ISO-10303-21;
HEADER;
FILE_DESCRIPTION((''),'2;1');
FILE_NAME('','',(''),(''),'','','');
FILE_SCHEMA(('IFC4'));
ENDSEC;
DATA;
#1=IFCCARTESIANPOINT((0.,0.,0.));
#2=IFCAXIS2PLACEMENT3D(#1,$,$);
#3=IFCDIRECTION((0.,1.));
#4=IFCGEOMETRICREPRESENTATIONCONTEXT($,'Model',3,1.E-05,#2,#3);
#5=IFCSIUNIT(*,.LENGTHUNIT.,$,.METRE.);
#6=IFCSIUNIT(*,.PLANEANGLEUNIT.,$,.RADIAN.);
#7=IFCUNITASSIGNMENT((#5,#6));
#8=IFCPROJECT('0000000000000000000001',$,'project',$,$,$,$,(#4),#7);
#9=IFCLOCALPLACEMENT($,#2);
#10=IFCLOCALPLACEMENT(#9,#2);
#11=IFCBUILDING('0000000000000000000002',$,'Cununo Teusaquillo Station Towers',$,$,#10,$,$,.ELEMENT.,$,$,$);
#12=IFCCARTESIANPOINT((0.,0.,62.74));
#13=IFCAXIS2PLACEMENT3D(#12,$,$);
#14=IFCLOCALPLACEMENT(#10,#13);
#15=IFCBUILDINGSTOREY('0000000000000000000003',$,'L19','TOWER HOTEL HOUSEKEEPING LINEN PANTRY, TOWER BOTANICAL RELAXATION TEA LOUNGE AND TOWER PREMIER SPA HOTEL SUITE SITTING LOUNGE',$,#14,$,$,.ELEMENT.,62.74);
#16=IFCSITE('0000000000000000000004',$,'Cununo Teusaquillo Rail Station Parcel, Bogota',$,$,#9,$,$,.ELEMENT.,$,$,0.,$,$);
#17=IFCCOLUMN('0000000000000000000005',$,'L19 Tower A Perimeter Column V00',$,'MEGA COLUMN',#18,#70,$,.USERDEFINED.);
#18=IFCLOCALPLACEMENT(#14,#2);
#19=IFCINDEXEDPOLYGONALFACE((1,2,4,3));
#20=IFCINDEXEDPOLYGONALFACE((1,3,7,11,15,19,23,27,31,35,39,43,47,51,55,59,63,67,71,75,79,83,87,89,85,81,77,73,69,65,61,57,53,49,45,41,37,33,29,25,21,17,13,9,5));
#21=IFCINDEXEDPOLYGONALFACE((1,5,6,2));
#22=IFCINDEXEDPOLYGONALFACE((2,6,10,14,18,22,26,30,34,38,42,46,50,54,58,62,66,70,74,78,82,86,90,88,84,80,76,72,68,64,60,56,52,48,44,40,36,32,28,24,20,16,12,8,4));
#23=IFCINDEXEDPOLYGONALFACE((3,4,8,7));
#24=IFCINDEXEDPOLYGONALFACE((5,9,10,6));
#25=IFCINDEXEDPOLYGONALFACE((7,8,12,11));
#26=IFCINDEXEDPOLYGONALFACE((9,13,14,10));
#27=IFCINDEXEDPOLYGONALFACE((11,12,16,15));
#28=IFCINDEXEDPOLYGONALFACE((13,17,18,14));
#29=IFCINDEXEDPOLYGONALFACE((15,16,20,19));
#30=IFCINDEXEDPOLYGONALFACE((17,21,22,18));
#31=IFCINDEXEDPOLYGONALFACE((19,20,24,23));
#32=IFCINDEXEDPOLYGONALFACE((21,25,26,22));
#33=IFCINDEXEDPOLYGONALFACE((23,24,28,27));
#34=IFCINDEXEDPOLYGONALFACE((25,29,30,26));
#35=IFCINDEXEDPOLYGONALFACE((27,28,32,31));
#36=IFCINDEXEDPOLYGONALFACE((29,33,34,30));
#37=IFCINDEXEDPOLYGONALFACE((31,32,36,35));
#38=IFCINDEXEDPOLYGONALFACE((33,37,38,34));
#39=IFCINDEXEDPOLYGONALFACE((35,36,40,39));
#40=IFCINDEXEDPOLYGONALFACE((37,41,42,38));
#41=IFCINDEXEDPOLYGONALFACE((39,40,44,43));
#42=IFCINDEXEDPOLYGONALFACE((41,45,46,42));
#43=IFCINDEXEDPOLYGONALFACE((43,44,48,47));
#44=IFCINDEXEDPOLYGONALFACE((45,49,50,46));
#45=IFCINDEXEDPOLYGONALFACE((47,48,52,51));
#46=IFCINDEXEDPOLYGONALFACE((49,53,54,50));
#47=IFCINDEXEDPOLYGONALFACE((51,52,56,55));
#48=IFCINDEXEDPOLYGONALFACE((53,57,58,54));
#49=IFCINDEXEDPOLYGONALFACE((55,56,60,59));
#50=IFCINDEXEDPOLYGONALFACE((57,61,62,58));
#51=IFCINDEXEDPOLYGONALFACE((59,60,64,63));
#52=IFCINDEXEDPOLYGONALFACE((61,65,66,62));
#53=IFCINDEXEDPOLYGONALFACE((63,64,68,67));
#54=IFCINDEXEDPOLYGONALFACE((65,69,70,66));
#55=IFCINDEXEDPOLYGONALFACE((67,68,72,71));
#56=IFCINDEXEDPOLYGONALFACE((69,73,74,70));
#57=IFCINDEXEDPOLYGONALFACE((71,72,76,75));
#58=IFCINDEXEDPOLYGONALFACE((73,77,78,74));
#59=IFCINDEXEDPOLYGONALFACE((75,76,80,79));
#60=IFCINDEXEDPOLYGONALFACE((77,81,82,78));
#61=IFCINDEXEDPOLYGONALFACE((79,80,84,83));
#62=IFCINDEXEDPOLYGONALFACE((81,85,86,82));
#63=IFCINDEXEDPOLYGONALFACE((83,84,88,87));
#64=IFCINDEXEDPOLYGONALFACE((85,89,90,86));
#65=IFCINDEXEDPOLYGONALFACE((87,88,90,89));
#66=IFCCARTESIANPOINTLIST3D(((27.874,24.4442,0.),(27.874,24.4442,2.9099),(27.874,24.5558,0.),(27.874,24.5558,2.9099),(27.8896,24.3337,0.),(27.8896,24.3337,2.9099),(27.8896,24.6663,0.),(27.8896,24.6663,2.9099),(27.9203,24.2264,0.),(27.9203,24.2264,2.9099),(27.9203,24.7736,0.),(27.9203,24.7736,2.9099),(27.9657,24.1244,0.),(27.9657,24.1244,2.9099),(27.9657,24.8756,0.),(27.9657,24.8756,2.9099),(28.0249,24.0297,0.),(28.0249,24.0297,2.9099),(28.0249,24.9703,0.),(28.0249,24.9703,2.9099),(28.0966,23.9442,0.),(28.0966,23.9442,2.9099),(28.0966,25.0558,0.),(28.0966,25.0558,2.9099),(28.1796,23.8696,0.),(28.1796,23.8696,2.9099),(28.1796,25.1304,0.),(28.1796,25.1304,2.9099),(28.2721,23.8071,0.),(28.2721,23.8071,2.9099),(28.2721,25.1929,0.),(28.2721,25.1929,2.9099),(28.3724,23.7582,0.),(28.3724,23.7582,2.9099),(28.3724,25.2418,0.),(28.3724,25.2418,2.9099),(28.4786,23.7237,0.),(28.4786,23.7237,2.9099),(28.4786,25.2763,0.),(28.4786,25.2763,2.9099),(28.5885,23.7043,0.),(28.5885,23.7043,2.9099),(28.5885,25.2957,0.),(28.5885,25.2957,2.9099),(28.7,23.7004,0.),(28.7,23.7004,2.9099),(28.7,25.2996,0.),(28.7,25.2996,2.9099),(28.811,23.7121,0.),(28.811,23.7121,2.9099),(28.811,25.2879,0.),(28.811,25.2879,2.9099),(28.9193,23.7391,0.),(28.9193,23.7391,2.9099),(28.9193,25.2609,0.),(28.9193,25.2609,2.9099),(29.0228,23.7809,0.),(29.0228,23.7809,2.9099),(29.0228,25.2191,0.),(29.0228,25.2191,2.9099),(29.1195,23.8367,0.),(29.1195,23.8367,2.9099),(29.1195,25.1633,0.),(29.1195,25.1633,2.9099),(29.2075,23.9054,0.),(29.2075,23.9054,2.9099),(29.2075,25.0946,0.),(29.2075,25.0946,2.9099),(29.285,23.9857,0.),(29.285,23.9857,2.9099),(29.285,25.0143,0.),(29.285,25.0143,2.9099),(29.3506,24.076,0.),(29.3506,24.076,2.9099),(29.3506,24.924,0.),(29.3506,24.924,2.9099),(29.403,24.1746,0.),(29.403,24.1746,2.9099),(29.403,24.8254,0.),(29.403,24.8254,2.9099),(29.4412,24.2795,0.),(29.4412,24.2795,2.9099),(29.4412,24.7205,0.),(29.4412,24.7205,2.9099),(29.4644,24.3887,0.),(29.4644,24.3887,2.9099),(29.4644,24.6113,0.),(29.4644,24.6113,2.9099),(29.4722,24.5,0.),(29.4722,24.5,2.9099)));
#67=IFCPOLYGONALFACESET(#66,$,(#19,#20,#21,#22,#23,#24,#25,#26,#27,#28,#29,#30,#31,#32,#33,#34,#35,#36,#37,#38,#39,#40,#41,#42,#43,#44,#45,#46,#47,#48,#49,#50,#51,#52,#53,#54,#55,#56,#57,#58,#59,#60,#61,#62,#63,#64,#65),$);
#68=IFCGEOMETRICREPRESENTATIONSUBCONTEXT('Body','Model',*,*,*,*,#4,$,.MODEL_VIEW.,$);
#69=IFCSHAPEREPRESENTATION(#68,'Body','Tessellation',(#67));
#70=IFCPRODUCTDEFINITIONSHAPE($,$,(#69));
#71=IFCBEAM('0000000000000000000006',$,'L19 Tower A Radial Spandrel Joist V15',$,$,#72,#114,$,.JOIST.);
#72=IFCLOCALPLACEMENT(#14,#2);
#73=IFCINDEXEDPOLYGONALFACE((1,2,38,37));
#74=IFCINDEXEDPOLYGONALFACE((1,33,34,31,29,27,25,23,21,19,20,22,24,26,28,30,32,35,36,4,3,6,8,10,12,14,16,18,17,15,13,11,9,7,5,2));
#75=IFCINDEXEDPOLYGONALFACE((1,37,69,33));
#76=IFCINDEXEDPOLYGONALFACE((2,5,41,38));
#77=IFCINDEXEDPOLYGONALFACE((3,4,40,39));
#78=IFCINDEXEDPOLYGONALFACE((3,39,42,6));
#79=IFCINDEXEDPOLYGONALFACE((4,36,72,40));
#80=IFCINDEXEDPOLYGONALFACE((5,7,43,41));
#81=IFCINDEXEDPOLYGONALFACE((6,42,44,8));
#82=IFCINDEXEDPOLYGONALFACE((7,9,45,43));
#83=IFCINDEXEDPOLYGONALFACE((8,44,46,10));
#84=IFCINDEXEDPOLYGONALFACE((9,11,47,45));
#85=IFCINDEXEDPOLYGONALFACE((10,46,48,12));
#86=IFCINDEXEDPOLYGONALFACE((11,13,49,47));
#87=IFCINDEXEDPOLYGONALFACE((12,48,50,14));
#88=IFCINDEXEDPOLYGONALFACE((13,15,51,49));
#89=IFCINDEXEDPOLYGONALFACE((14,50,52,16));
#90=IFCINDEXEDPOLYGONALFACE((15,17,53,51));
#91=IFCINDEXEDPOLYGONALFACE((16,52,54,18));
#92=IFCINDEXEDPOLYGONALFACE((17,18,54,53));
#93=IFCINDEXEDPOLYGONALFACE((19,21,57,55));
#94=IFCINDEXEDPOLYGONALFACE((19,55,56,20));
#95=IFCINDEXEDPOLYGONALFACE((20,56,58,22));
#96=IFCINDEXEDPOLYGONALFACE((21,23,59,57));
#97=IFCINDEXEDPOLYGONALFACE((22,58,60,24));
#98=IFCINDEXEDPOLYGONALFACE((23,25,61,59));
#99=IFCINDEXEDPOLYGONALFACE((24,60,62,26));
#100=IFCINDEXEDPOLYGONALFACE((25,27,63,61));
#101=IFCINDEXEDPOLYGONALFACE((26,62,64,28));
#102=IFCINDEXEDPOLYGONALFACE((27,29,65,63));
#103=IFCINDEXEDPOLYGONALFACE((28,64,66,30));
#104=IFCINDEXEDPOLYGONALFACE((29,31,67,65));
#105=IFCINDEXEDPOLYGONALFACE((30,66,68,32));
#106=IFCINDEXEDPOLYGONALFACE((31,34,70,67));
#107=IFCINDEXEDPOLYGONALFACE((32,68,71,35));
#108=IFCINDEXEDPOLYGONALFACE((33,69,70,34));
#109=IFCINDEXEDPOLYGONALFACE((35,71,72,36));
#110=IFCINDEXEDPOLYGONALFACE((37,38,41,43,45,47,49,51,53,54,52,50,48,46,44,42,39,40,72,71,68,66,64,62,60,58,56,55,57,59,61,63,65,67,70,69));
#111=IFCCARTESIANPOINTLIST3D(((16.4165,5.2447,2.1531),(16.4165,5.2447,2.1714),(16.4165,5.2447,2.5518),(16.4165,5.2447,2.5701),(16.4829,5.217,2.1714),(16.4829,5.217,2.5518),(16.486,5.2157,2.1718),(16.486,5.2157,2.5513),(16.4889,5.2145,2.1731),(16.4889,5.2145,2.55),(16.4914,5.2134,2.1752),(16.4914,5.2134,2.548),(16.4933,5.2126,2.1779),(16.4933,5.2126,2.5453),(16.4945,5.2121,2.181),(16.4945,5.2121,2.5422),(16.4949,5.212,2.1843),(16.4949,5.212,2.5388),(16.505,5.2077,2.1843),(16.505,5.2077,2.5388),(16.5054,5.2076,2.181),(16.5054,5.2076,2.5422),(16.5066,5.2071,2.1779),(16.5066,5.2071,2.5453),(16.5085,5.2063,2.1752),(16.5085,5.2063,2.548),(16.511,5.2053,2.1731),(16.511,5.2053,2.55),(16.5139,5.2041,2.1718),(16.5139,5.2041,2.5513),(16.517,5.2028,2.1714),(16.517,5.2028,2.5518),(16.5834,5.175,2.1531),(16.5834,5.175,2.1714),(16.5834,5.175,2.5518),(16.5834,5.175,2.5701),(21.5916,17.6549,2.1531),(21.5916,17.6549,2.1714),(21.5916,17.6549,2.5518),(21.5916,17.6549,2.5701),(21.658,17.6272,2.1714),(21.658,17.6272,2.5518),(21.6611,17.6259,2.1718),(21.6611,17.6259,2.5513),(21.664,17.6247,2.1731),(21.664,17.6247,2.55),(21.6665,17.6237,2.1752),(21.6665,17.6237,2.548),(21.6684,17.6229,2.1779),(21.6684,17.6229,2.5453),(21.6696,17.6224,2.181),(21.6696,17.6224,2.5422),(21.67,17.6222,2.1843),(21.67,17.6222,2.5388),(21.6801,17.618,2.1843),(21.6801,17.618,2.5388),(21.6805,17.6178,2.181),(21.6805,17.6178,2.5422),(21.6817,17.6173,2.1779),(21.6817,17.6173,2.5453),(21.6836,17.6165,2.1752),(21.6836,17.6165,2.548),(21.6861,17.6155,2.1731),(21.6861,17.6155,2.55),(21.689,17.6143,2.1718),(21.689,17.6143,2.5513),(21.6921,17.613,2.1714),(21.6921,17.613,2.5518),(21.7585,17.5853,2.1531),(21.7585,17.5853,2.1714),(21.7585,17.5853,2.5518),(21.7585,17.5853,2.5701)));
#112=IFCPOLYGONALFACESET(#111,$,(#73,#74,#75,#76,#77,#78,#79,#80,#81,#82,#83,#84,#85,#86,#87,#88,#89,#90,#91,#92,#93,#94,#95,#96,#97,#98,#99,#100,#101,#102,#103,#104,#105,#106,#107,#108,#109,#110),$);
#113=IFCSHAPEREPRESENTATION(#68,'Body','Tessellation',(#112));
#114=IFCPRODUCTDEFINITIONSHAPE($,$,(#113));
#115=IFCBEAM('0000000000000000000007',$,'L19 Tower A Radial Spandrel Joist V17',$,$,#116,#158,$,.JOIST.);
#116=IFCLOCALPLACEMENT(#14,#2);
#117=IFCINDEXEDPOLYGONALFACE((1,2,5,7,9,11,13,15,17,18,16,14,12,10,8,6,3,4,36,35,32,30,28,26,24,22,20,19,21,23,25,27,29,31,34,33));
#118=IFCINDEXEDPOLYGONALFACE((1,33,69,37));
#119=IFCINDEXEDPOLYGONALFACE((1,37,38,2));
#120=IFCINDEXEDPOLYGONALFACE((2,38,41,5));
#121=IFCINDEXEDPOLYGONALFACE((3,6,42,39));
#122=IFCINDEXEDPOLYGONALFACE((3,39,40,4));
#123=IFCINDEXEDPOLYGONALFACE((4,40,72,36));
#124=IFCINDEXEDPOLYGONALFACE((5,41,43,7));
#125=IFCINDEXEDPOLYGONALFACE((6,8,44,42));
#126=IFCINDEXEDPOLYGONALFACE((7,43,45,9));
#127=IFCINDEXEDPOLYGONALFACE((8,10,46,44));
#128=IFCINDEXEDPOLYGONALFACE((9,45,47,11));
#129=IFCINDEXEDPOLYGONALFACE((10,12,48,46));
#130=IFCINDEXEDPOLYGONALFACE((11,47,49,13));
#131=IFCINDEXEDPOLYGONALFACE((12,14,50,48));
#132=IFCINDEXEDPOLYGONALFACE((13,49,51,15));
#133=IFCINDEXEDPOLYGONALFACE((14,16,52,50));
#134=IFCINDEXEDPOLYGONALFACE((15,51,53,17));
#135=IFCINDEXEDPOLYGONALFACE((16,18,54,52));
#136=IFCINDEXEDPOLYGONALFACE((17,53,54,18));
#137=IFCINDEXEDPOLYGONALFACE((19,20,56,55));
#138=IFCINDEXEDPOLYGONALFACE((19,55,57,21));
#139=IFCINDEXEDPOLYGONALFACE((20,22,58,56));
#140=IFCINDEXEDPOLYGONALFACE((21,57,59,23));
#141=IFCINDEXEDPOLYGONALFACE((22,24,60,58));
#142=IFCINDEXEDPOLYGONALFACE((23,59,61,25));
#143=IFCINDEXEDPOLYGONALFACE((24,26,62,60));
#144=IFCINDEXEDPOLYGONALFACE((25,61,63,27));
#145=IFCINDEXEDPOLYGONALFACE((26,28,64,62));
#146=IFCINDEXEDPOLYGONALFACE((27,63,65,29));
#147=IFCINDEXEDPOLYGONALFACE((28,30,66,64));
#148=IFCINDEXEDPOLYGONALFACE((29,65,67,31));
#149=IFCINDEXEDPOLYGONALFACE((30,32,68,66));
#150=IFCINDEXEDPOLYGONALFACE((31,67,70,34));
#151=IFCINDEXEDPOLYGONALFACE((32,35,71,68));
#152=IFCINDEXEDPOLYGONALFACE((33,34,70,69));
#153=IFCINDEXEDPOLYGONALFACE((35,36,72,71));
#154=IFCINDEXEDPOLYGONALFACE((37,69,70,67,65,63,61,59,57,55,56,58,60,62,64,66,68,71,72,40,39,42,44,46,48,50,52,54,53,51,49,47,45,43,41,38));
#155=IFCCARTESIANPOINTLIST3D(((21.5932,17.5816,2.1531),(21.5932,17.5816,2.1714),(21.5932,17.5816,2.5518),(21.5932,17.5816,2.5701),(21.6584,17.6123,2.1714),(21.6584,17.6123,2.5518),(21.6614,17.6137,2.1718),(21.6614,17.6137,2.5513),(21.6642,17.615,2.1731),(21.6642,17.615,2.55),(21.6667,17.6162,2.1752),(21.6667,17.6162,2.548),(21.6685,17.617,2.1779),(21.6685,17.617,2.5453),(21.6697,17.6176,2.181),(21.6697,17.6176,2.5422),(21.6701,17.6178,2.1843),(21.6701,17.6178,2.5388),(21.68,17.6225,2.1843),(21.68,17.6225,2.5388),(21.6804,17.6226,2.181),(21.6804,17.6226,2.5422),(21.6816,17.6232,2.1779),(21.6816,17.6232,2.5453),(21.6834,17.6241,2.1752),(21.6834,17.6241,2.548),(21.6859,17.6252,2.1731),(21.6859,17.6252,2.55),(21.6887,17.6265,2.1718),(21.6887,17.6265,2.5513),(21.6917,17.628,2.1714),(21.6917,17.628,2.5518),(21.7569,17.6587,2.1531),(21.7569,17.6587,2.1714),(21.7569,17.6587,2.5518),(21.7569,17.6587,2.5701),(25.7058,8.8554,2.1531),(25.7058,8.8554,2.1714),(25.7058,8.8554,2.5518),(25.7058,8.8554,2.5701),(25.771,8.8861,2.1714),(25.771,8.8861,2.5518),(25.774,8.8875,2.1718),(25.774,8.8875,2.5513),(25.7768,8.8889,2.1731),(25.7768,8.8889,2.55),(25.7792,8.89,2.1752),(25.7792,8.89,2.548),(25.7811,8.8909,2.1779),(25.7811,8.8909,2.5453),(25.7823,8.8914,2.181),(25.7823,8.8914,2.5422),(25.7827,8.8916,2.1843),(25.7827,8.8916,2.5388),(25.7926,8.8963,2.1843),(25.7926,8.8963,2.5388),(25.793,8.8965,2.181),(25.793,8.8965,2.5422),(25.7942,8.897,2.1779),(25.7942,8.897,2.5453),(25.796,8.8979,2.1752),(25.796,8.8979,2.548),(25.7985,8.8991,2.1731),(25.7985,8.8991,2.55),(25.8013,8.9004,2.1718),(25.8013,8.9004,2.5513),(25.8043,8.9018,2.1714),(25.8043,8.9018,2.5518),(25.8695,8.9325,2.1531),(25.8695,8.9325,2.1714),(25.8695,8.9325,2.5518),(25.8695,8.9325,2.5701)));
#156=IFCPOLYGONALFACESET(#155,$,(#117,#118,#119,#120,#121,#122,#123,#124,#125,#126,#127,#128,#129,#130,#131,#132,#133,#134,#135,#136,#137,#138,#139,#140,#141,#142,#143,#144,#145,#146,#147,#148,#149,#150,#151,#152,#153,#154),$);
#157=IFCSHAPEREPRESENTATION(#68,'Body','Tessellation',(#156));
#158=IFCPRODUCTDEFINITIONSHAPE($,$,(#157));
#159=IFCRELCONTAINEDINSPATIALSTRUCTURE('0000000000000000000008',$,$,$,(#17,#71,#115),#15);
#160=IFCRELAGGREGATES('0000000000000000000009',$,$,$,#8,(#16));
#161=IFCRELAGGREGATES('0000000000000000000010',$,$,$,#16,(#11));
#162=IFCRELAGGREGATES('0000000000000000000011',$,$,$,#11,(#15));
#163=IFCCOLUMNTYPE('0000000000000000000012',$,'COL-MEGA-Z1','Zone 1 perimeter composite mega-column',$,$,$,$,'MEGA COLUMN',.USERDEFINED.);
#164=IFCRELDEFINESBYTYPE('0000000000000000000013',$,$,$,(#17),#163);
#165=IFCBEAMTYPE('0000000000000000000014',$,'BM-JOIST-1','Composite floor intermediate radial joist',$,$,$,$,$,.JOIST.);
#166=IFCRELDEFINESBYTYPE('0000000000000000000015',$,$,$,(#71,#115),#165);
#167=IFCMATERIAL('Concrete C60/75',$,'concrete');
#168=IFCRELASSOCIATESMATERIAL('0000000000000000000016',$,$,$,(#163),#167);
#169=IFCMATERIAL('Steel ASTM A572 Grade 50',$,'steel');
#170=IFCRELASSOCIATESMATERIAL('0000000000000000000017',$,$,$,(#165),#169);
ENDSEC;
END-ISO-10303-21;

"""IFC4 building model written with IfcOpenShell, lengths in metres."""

from ifc_helpers import new_model, si_unit, direction, frame, origin, origin_2d, place, context, subcontext, project, spatial, circle, i_section, extrude, material, material_profile, profile_set, type_object, element, save


model = new_model("IFC4")

# Units and contexts
model_context = context("Model", 3, precision=1e-05, world=origin(), true_north=direction((0.0, 1.0)))
body_context = subcontext(model_context, "Body", "Model", "MODEL_VIEW")
ifc_project = project(units=[si_unit("LENGTHUNIT", "METRE"), si_unit("PLANEANGLEUNIT", "RADIAN")], contexts=[model_context])

# Site, building, storey
site_placement = place(None, origin())
site = spatial("IfcSite", under=ifc_project, at=site_placement, Name="Cununo Teusaquillo Rail Station Parcel, Bogota", CompositionType="ELEMENT", RefElevation=0.0)
building_placement = place(site_placement, origin())
building = spatial("IfcBuilding", under=site, at=building_placement, Name="Cununo Teusaquillo Station Towers", CompositionType="ELEMENT")
storey_placement = place(building_placement, frame((0.0, 0.0, 62.74)))
storey = spatial("IfcBuildingStorey", under=building, at=storey_placement, Name="L19", Description="TOWER HOTEL HOUSEKEEPING LINEN PANTRY, TOWER BOTANICAL RELAXATION TEA LOUNGE AND TOWER PREMIER SPA HOTEL SUITE SITTING LOUNGE", CompositionType="ELEMENT", Elevation=62.74)

# Column
ifc_material_1 = material(Name="Concrete C60/75", Category="concrete")
ifc_material_profile_1 = material_profile(ifc_material_1, circle(Radius=0.8, at=origin_2d()), Name="RC-CIRC-1600")
ifc_profile_set_1 = profile_set([ifc_material_profile_1], Name="Concrete C60/75")
column_type = type_object("IfcColumnType", Name="COL-MEGA-Z1", Description="Zone 1 perimeter composite mega-column", ElementType="MEGA COLUMN", PredefinedType="USERDEFINED", material=ifc_profile_set_1)
column_placement = place(storey_placement, frame((28.6721, 24.5, 0.0), z_axis=(0.0, 0.0, 1.0), x_axis=(1.0, 0.0, 0.0)))
element("IfcColumn", 1, at=column_placement, inside=storey, type_object=column_type, Name="L19 Tower A Perimeter Column V00", ObjectType="MEGA COLUMN", PredefinedType="USERDEFINED", context=body_context, shape_type="SweptSolid", body=[
    extrude(circle(Radius=0.8, at=origin_2d()), origin(), (0.0, 0.0, 1.0), 2.9099),
])

# Beams
ifc_material_2 = material(Name="Steel ASTM A572 Grade 50", Category="steel")
ifc_material_profile_2 = material_profile(ifc_material_2, i_section(OverallWidth=0.1809, OverallDepth=0.417, WebThickness=0.011, FlangeThickness=0.0183, FilletRadius=0.0129, at=origin_2d()), Name="W16X57")
ifc_profile_set_2 = profile_set([ifc_material_profile_2], Name="Steel ASTM A572 Grade 50")
beam_type_1 = type_object("IfcBeamType", Name="BM-JOIST-1", Description="Composite floor intermediate radial joist", PredefinedType="JOIST", material=ifc_profile_set_2)
beam_1_placement = place(storey_placement, frame((21.675, 17.6201, 2.3616), z_axis=(-0.384878, -0.922967, 0.0), x_axis=(0.922967, -0.384878, 0.0)))
element("IfcBeam", 2, at=beam_1_placement, inside=storey, type_object=beam_type_1, Name="L19 Tower A Radial Spandrel Joist V15", PredefinedType="JOIST", context=body_context, shape_type="SweptSolid", body=[
    extrude(i_section(OverallWidth=0.1809, OverallDepth=0.417, WebThickness=0.011, FlangeThickness=0.0183, FilletRadius=0.0129, at=origin_2d()), origin(), (0.0, 0.0, 1.0), 13.446),
])
beam_2_placement = place(storey_placement, frame((21.675, 17.6201, 2.3616), z_axis=(0.42632, -0.904572, 0.0), x_axis=(0.904572, 0.42632, 0.0)))
element("IfcBeam", 3, at=beam_2_placement, inside=storey, type_object=beam_type_1, Name="L19 Tower A Radial Spandrel Joist V17", PredefinedType="JOIST", context=body_context, shape_type="SweptSolid", body=[
    extrude(i_section(OverallWidth=0.1809, OverallDepth=0.417, WebThickness=0.011, FlangeThickness=0.0183, FilletRadius=0.0129, at=origin_2d()), origin(), (0.0, 0.0, 1.0), 9.6467),
])

save(model, "model.ifc")
